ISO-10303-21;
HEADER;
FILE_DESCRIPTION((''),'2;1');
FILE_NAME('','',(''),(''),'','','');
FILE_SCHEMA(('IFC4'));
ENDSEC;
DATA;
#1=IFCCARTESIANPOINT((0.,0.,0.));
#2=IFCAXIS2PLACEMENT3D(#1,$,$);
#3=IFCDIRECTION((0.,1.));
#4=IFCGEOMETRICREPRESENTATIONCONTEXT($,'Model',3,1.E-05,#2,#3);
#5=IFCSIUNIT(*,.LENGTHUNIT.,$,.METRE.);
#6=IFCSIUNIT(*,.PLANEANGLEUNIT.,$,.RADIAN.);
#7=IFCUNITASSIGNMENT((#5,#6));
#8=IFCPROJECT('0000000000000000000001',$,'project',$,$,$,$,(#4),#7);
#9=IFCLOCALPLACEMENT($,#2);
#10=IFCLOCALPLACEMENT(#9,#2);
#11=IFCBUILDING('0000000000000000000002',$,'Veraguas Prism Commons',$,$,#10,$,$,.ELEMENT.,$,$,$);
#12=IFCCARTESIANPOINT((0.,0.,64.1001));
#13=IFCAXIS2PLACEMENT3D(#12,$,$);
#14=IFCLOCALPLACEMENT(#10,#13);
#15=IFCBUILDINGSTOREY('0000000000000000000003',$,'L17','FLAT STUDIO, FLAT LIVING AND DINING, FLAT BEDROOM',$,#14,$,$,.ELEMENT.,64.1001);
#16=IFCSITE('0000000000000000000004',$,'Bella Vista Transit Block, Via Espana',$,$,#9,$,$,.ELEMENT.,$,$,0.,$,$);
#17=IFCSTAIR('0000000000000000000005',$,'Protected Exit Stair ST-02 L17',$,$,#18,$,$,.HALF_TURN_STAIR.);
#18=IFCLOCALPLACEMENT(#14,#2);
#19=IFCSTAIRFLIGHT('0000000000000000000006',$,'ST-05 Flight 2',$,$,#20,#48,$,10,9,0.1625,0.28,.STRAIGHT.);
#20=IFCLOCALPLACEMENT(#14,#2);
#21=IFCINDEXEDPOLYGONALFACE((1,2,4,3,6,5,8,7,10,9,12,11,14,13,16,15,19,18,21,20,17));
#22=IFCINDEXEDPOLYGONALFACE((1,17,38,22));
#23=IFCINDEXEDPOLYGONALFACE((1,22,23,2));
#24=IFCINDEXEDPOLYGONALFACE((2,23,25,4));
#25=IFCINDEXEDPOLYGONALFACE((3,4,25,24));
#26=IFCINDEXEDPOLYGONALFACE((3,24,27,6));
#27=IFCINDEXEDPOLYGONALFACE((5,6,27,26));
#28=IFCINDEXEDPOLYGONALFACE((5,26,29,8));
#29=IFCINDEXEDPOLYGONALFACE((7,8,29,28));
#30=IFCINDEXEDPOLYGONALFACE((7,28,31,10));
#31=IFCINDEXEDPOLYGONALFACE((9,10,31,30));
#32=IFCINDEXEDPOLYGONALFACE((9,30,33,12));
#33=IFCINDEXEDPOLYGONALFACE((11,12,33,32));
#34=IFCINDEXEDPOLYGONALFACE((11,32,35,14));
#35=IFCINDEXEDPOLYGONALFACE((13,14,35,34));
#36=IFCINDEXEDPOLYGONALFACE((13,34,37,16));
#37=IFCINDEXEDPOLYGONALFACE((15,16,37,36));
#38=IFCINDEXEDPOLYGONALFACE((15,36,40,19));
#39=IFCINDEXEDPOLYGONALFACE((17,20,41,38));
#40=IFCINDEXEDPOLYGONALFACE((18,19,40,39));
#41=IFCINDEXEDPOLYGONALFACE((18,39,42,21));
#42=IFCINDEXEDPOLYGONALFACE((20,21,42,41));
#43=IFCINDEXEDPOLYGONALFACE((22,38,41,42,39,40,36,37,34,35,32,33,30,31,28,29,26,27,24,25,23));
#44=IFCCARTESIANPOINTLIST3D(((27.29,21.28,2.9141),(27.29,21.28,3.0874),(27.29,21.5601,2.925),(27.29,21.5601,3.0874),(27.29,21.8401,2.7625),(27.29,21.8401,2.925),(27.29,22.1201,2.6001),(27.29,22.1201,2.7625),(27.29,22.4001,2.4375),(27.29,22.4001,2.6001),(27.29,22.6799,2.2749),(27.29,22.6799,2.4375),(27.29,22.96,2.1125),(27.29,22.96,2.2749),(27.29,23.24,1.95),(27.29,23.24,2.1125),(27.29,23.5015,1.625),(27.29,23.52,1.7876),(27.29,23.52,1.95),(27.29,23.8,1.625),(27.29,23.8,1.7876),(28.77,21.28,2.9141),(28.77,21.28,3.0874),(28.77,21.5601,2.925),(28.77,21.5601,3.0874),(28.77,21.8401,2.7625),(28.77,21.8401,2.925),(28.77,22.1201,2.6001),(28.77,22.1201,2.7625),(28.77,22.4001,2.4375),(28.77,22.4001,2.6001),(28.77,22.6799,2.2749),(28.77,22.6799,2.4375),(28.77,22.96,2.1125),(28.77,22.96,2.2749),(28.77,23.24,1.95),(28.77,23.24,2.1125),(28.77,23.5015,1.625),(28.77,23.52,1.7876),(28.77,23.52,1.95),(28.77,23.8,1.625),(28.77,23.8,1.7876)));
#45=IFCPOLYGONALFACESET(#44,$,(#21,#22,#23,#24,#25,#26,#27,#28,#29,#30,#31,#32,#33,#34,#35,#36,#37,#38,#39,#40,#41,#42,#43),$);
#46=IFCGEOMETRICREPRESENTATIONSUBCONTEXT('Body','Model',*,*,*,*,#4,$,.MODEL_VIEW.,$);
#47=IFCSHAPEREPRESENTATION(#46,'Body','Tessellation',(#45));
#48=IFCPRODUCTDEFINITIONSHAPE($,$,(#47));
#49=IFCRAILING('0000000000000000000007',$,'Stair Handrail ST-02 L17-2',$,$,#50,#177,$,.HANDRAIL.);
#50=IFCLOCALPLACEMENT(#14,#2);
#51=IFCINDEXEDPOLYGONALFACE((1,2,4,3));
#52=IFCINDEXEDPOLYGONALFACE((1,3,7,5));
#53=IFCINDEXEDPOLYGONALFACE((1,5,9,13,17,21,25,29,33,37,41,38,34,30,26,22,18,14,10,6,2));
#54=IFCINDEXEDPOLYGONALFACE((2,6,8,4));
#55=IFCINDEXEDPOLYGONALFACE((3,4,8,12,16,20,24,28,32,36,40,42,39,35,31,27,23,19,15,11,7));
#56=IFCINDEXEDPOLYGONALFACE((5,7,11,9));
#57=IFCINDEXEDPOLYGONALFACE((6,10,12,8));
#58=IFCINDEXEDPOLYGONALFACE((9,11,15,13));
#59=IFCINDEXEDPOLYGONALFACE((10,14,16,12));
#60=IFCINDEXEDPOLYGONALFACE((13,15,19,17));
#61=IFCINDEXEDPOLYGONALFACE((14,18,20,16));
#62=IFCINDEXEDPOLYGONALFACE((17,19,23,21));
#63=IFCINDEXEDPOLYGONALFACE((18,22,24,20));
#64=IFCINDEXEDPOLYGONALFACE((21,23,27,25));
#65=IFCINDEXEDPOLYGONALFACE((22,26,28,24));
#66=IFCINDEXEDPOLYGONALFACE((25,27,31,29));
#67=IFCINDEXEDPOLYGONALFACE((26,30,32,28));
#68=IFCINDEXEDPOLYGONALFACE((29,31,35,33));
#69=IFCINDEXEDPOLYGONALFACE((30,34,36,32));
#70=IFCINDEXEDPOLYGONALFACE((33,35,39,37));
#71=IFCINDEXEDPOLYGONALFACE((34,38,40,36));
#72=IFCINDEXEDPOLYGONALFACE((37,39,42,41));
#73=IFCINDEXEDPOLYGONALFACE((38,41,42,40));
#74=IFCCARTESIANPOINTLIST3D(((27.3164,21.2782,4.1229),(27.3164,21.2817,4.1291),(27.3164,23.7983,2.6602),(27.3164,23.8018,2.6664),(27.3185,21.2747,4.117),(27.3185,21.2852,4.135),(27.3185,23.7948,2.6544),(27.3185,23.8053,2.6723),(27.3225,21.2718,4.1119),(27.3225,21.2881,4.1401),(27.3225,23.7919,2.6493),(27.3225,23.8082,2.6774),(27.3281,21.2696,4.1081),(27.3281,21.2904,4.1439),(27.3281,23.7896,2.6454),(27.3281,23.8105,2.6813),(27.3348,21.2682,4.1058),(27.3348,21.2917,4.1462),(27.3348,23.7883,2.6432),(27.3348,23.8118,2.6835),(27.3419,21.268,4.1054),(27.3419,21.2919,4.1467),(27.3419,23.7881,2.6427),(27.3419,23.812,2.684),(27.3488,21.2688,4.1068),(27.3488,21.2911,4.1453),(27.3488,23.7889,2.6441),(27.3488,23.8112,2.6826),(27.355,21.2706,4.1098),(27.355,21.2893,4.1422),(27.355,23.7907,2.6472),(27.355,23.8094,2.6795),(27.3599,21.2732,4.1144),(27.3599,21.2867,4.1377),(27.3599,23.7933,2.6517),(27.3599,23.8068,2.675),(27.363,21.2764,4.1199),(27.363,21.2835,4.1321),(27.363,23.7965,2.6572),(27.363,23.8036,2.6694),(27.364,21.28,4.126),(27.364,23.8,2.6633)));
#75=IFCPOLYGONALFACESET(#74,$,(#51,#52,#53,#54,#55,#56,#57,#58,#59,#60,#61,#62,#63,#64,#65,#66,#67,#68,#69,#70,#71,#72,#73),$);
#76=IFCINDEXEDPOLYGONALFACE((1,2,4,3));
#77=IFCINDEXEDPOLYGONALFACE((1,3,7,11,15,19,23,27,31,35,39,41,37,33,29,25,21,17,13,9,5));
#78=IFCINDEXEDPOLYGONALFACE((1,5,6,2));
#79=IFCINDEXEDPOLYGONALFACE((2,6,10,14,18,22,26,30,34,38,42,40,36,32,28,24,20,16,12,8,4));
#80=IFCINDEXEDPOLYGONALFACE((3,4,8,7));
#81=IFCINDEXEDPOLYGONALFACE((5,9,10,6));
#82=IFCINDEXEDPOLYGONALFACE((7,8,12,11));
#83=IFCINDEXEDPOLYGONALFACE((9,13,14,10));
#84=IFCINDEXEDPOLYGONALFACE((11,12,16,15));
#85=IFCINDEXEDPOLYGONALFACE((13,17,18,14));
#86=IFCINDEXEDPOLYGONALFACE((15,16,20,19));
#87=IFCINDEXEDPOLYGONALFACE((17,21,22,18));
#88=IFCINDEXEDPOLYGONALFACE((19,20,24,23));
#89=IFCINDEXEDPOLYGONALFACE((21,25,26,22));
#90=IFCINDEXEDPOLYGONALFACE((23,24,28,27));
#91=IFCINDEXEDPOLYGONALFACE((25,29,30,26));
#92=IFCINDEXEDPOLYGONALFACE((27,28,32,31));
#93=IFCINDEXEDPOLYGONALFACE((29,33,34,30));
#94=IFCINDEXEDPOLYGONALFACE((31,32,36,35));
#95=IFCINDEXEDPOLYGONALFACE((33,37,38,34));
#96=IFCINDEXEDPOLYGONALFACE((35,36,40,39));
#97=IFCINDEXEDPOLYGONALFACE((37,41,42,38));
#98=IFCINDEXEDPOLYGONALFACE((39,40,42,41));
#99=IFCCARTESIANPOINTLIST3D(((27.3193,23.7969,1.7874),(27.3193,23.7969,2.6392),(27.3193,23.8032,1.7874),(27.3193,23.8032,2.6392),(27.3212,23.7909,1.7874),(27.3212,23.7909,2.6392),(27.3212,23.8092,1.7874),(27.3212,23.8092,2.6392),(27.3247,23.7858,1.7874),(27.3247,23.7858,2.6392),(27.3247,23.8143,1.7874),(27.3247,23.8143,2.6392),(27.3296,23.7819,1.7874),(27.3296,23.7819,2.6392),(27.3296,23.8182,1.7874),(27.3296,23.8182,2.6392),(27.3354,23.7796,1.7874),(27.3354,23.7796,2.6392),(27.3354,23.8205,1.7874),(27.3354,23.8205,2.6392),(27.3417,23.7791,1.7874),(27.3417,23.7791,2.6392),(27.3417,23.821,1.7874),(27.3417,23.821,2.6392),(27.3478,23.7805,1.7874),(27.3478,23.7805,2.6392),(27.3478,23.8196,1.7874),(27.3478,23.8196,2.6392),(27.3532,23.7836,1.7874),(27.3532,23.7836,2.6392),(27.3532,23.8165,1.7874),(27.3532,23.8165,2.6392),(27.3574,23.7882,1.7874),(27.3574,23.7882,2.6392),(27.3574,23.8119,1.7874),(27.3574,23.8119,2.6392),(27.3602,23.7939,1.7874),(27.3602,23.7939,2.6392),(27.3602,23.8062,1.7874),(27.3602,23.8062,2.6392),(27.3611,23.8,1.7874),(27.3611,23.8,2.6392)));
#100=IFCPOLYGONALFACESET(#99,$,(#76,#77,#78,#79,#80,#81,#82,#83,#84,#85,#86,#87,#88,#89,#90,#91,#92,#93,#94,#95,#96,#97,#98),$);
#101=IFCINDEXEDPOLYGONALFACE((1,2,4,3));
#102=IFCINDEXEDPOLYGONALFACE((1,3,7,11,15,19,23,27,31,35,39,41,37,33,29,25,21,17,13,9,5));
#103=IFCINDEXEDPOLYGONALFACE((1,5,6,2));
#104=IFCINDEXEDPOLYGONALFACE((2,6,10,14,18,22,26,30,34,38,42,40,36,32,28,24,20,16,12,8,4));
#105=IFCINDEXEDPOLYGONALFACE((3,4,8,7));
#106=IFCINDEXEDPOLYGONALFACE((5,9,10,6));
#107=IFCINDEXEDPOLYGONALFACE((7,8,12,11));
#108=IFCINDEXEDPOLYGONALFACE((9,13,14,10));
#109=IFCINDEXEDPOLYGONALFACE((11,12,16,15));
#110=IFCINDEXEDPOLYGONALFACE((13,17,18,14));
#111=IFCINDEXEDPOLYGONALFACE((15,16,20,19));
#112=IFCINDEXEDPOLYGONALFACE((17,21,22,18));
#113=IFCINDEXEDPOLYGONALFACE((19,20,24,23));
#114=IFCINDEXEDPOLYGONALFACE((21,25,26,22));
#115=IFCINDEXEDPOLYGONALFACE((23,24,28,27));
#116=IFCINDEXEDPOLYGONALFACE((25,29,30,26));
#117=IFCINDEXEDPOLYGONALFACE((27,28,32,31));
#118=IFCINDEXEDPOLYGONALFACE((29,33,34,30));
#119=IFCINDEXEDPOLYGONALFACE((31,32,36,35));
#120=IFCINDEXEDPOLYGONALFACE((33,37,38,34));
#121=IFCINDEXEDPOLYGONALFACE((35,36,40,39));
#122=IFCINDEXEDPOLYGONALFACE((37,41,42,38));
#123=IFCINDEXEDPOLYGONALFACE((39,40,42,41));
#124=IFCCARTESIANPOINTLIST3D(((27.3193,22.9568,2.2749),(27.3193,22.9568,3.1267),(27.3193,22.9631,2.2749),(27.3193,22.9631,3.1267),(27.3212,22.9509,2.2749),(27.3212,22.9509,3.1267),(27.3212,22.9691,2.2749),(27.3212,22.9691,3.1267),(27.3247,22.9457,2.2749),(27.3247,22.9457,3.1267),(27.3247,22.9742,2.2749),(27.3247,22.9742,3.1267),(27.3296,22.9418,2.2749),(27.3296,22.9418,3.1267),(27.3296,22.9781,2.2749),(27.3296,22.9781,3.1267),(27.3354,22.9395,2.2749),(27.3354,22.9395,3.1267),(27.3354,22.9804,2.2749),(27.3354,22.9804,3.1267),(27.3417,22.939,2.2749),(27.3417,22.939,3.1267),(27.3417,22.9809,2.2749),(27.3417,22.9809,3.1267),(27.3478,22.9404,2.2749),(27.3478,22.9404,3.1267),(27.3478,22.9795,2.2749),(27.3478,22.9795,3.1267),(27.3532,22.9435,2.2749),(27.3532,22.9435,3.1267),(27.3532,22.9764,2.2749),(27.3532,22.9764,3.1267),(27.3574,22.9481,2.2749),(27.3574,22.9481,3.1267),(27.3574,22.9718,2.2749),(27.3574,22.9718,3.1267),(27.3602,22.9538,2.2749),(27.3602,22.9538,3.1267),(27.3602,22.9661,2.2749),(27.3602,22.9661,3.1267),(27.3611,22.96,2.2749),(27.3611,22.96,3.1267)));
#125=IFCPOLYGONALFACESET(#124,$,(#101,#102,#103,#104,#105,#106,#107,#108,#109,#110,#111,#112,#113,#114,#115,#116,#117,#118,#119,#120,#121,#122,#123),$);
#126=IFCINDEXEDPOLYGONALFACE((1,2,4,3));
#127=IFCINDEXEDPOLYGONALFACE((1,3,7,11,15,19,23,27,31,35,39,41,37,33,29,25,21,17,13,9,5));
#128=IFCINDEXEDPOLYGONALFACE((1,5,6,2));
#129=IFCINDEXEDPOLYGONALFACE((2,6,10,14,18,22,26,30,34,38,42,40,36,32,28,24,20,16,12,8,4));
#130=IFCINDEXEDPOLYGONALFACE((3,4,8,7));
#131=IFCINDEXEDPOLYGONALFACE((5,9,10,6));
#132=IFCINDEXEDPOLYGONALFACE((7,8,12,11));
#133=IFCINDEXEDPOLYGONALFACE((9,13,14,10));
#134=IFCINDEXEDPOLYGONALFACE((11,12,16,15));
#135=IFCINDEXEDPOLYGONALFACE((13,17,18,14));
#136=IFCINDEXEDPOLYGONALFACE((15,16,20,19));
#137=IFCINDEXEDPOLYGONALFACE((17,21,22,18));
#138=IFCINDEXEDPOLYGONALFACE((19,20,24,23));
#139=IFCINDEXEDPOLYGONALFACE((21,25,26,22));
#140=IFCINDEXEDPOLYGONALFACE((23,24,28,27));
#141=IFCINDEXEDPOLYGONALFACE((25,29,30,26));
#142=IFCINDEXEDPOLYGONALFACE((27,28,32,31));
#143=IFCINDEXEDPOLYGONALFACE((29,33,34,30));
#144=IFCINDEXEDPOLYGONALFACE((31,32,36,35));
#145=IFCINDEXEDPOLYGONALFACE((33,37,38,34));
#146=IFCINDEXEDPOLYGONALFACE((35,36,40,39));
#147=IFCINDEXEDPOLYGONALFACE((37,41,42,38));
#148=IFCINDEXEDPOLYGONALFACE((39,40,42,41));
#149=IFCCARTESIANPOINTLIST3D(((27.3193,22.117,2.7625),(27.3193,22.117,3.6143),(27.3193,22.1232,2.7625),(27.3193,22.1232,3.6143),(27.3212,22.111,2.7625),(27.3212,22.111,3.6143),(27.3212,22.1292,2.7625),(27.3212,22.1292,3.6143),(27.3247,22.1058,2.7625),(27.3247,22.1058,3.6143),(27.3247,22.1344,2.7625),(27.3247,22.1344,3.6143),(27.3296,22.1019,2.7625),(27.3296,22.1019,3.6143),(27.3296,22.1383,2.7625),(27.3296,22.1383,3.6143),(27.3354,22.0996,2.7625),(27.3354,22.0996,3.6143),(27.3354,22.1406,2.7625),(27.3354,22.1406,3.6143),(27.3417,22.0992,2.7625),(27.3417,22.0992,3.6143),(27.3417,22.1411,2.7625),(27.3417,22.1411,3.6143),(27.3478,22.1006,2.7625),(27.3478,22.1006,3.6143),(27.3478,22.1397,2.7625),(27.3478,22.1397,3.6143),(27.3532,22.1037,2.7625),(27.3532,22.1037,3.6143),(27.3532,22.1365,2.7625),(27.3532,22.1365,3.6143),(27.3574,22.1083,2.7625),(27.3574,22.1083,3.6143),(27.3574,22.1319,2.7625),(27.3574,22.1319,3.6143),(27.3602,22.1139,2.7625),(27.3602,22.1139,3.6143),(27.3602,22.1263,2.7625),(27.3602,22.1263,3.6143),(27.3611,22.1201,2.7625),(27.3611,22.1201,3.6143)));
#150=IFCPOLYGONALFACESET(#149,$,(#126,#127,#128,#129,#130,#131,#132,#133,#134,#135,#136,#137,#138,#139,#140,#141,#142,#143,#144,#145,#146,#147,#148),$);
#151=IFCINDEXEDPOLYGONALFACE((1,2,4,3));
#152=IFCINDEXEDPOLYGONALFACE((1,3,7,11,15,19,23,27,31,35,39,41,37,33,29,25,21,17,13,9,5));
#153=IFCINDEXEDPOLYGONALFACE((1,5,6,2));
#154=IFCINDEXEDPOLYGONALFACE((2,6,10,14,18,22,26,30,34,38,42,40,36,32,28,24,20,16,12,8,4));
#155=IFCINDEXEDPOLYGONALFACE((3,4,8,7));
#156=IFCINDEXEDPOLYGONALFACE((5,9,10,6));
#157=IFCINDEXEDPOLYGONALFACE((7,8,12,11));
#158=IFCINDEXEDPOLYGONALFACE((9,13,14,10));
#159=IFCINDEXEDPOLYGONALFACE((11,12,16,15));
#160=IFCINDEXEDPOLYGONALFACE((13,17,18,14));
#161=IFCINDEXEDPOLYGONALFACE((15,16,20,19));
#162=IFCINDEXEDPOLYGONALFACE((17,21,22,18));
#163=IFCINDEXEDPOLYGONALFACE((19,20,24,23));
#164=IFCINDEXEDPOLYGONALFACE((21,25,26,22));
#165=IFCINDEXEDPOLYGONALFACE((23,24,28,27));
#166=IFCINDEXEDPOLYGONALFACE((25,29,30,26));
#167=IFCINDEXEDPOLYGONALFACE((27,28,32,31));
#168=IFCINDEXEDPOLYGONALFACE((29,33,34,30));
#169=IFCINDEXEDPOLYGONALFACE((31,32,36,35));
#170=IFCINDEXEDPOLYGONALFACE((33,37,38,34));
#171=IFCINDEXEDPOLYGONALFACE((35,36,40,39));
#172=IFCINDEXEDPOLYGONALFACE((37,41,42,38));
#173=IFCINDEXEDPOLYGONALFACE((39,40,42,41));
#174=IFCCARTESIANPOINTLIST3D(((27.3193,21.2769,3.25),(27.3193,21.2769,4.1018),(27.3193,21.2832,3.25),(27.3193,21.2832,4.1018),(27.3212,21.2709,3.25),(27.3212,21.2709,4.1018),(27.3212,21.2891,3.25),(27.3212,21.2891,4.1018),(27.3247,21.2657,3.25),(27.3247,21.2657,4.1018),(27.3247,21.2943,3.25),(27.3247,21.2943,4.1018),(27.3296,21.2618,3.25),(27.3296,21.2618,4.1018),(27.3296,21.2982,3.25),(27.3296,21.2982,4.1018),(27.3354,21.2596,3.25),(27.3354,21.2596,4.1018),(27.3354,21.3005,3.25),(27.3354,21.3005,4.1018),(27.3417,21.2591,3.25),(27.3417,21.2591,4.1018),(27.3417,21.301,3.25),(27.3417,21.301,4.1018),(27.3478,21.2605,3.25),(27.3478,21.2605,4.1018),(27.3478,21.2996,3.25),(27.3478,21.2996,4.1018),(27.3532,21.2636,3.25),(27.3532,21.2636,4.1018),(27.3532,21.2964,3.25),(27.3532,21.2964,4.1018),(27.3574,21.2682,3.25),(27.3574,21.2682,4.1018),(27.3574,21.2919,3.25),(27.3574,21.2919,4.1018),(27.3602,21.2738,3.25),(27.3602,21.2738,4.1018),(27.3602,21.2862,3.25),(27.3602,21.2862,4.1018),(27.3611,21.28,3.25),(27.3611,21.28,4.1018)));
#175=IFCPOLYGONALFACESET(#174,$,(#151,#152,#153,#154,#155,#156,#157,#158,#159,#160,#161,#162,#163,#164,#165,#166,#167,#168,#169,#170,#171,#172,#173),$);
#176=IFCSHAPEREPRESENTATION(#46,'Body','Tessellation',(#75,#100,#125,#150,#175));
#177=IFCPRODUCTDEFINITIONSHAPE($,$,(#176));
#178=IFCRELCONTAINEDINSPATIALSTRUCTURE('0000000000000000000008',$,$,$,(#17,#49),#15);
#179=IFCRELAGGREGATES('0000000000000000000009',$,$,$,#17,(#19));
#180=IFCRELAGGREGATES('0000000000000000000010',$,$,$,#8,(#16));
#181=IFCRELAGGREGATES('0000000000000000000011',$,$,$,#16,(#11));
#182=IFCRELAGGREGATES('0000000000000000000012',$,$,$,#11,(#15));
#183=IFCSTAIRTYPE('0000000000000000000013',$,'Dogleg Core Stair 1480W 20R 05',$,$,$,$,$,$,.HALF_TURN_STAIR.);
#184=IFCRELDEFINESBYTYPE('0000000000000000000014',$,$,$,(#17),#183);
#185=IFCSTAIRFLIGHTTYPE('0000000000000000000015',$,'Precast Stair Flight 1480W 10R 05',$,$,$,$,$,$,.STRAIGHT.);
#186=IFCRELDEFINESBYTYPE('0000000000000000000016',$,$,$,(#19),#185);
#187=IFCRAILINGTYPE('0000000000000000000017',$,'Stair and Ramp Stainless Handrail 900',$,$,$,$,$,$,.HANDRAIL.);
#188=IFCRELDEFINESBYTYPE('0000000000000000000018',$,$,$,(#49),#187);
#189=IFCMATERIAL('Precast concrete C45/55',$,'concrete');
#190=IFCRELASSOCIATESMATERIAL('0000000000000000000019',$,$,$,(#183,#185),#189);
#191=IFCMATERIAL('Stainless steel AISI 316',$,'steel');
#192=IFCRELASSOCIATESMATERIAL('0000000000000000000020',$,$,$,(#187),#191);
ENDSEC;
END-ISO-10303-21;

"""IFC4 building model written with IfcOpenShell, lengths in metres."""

from ifc_helpers import new_model, si_unit, direction, frame, origin, origin_2d, place, context, subcontext, project, spatial, polyline, circle, outline, extrude, material, type_object, element, aggregate, save


model = new_model("IFC4")

# Units and contexts
model_context = context("Model", 3, precision=1e-05, world=origin(), true_north=direction((0.0, 1.0)))
body_context = subcontext(model_context, "Body", "Model", "MODEL_VIEW")
ifc_project = project(units=[si_unit("LENGTHUNIT", "METRE"), si_unit("PLANEANGLEUNIT", "RADIAN")], contexts=[model_context])

# Site, building, storey
site_placement = place(None, origin())
site = spatial("IfcSite", under=ifc_project, at=site_placement, Name="Bella Vista Transit Block, Via Espana", CompositionType="ELEMENT", RefElevation=0.0)
building_placement = place(site_placement, origin())
building = spatial("IfcBuilding", under=site, at=building_placement, Name="Veraguas Prism Commons", CompositionType="ELEMENT")
storey_placement = place(building_placement, frame((0.0, 0.0, 64.1001)))
storey = spatial("IfcBuildingStorey", under=building, at=storey_placement, Name="L17", Description="FLAT STUDIO, FLAT LIVING AND DINING, FLAT BEDROOM", CompositionType="ELEMENT", Elevation=64.1001)

# Shared definitions
ifc_material_1 = material(Name="Stainless steel AISI 316", Category="steel")

# Stair, stair flight
ifc_material_2 = material(Name="Precast concrete C45/55", Category="concrete")
stair_type = type_object("IfcStairType", Name="Dogleg Core Stair 1480W 20R 05", PredefinedType="HALF_TURN_STAIR", material=ifc_material_2)
stair_placement = place(storey_placement, origin())
stair = element("IfcStair", 1, at=stair_placement, inside=storey, type_object=stair_type, Name="Protected Exit Stair ST-02 L17", PredefinedType="HALF_TURN_STAIR")
stair_flight_type = type_object("IfcStairFlightType", Name="Precast Stair Flight 1480W 10R 05", PredefinedType="STRAIGHT", material=ifc_material_2)
stair_flight_placement = place(storey_placement, frame((28.03, 23.8, 1.625), z_axis=(0.0, 0.0, 1.0), x_axis=(0.0, -1.0, 0.0)))
stair_flight = element("IfcStairFlight", 2, at=stair_flight_placement, type_object=stair_flight_type, Name="ST-05 Flight 2", NumberOfRisers=10, NumberOfTreads=9, PredefinedType="STRAIGHT", RiserHeight=0.1625, TreadLength=0.28, context=body_context, shape_type="SweptSolid", body=[
    extrude(outline(polyline([(0.0, 0.0), (0.0, 0.1626), (0.28, 0.1626), (0.28, 0.325), (0.5601, 0.325), (0.5601, 0.4875), (0.8401, 0.4875), (0.8401, 0.6499), (1.1201, 0.6499), (1.1201, 0.8125), (1.3999, 0.8125), (1.3999, 0.9751), (1.6799, 0.9751), (1.6799, 1.1375), (1.96, 1.1375), (1.96, 1.3), (2.24, 1.3), (2.24, 1.4624), (2.52, 1.4624), (2.52, 1.625), (2.52, 1.2891), (0.2986, 0.0), (0.0, 0.0)])), frame((0.0, 0.74, 0.0), z_axis=(0.0, -1.0, 0.0), x_axis=(1.0, 0.0, 0.0)), (0.0, 0.0, 1.0), 1.48),
])
aggregate(stair, [stair_flight])

# Railing
railing_type_1 = type_object("IfcRailingType", Name="Stair and Ramp Stainless Handrail 900", PredefinedType="HANDRAIL", material=ifc_material_1)
railing_1_placement = place(storey_placement, frame((27.3401, 23.8, 1.7874)))
element("IfcRailing", 3, at=railing_1_placement, inside=storey, type_object=railing_type_1, Name="Stair Handrail ST-02 L17-2", PredefinedType="HANDRAIL", context=body_context, shape_type="SweptSolid", body=[
    extrude(circle(Radius=0.0239, at=origin_2d()), frame((0.0, 0.0, 0.876), z_axis=(0.0, -0.864877, 0.501984), x_axis=(1.0, 0.0, 0.0)), (0.0, 0.0, 1.0), 2.9138),
    extrude(circle(Radius=0.021, at=origin_2d()), origin(), (0.0, 0.0, 1.0), 0.8518),
    extrude(circle(Radius=0.021, at=origin_2d()), frame((0.0, -0.8401, 0.4875)), (0.0, 0.0, 1.0), 0.8518),
    extrude(circle(Radius=0.021, at=origin_2d()), frame((0.0, -1.6799, 0.9751)), (0.0, 0.0, 1.0), 0.8518),
    extrude(circle(Radius=0.021, at=origin_2d()), frame((0.0, -2.52, 1.4626)), (0.0, 0.0, 1.0), 0.8518),
])

save(model, "model.ifc")
